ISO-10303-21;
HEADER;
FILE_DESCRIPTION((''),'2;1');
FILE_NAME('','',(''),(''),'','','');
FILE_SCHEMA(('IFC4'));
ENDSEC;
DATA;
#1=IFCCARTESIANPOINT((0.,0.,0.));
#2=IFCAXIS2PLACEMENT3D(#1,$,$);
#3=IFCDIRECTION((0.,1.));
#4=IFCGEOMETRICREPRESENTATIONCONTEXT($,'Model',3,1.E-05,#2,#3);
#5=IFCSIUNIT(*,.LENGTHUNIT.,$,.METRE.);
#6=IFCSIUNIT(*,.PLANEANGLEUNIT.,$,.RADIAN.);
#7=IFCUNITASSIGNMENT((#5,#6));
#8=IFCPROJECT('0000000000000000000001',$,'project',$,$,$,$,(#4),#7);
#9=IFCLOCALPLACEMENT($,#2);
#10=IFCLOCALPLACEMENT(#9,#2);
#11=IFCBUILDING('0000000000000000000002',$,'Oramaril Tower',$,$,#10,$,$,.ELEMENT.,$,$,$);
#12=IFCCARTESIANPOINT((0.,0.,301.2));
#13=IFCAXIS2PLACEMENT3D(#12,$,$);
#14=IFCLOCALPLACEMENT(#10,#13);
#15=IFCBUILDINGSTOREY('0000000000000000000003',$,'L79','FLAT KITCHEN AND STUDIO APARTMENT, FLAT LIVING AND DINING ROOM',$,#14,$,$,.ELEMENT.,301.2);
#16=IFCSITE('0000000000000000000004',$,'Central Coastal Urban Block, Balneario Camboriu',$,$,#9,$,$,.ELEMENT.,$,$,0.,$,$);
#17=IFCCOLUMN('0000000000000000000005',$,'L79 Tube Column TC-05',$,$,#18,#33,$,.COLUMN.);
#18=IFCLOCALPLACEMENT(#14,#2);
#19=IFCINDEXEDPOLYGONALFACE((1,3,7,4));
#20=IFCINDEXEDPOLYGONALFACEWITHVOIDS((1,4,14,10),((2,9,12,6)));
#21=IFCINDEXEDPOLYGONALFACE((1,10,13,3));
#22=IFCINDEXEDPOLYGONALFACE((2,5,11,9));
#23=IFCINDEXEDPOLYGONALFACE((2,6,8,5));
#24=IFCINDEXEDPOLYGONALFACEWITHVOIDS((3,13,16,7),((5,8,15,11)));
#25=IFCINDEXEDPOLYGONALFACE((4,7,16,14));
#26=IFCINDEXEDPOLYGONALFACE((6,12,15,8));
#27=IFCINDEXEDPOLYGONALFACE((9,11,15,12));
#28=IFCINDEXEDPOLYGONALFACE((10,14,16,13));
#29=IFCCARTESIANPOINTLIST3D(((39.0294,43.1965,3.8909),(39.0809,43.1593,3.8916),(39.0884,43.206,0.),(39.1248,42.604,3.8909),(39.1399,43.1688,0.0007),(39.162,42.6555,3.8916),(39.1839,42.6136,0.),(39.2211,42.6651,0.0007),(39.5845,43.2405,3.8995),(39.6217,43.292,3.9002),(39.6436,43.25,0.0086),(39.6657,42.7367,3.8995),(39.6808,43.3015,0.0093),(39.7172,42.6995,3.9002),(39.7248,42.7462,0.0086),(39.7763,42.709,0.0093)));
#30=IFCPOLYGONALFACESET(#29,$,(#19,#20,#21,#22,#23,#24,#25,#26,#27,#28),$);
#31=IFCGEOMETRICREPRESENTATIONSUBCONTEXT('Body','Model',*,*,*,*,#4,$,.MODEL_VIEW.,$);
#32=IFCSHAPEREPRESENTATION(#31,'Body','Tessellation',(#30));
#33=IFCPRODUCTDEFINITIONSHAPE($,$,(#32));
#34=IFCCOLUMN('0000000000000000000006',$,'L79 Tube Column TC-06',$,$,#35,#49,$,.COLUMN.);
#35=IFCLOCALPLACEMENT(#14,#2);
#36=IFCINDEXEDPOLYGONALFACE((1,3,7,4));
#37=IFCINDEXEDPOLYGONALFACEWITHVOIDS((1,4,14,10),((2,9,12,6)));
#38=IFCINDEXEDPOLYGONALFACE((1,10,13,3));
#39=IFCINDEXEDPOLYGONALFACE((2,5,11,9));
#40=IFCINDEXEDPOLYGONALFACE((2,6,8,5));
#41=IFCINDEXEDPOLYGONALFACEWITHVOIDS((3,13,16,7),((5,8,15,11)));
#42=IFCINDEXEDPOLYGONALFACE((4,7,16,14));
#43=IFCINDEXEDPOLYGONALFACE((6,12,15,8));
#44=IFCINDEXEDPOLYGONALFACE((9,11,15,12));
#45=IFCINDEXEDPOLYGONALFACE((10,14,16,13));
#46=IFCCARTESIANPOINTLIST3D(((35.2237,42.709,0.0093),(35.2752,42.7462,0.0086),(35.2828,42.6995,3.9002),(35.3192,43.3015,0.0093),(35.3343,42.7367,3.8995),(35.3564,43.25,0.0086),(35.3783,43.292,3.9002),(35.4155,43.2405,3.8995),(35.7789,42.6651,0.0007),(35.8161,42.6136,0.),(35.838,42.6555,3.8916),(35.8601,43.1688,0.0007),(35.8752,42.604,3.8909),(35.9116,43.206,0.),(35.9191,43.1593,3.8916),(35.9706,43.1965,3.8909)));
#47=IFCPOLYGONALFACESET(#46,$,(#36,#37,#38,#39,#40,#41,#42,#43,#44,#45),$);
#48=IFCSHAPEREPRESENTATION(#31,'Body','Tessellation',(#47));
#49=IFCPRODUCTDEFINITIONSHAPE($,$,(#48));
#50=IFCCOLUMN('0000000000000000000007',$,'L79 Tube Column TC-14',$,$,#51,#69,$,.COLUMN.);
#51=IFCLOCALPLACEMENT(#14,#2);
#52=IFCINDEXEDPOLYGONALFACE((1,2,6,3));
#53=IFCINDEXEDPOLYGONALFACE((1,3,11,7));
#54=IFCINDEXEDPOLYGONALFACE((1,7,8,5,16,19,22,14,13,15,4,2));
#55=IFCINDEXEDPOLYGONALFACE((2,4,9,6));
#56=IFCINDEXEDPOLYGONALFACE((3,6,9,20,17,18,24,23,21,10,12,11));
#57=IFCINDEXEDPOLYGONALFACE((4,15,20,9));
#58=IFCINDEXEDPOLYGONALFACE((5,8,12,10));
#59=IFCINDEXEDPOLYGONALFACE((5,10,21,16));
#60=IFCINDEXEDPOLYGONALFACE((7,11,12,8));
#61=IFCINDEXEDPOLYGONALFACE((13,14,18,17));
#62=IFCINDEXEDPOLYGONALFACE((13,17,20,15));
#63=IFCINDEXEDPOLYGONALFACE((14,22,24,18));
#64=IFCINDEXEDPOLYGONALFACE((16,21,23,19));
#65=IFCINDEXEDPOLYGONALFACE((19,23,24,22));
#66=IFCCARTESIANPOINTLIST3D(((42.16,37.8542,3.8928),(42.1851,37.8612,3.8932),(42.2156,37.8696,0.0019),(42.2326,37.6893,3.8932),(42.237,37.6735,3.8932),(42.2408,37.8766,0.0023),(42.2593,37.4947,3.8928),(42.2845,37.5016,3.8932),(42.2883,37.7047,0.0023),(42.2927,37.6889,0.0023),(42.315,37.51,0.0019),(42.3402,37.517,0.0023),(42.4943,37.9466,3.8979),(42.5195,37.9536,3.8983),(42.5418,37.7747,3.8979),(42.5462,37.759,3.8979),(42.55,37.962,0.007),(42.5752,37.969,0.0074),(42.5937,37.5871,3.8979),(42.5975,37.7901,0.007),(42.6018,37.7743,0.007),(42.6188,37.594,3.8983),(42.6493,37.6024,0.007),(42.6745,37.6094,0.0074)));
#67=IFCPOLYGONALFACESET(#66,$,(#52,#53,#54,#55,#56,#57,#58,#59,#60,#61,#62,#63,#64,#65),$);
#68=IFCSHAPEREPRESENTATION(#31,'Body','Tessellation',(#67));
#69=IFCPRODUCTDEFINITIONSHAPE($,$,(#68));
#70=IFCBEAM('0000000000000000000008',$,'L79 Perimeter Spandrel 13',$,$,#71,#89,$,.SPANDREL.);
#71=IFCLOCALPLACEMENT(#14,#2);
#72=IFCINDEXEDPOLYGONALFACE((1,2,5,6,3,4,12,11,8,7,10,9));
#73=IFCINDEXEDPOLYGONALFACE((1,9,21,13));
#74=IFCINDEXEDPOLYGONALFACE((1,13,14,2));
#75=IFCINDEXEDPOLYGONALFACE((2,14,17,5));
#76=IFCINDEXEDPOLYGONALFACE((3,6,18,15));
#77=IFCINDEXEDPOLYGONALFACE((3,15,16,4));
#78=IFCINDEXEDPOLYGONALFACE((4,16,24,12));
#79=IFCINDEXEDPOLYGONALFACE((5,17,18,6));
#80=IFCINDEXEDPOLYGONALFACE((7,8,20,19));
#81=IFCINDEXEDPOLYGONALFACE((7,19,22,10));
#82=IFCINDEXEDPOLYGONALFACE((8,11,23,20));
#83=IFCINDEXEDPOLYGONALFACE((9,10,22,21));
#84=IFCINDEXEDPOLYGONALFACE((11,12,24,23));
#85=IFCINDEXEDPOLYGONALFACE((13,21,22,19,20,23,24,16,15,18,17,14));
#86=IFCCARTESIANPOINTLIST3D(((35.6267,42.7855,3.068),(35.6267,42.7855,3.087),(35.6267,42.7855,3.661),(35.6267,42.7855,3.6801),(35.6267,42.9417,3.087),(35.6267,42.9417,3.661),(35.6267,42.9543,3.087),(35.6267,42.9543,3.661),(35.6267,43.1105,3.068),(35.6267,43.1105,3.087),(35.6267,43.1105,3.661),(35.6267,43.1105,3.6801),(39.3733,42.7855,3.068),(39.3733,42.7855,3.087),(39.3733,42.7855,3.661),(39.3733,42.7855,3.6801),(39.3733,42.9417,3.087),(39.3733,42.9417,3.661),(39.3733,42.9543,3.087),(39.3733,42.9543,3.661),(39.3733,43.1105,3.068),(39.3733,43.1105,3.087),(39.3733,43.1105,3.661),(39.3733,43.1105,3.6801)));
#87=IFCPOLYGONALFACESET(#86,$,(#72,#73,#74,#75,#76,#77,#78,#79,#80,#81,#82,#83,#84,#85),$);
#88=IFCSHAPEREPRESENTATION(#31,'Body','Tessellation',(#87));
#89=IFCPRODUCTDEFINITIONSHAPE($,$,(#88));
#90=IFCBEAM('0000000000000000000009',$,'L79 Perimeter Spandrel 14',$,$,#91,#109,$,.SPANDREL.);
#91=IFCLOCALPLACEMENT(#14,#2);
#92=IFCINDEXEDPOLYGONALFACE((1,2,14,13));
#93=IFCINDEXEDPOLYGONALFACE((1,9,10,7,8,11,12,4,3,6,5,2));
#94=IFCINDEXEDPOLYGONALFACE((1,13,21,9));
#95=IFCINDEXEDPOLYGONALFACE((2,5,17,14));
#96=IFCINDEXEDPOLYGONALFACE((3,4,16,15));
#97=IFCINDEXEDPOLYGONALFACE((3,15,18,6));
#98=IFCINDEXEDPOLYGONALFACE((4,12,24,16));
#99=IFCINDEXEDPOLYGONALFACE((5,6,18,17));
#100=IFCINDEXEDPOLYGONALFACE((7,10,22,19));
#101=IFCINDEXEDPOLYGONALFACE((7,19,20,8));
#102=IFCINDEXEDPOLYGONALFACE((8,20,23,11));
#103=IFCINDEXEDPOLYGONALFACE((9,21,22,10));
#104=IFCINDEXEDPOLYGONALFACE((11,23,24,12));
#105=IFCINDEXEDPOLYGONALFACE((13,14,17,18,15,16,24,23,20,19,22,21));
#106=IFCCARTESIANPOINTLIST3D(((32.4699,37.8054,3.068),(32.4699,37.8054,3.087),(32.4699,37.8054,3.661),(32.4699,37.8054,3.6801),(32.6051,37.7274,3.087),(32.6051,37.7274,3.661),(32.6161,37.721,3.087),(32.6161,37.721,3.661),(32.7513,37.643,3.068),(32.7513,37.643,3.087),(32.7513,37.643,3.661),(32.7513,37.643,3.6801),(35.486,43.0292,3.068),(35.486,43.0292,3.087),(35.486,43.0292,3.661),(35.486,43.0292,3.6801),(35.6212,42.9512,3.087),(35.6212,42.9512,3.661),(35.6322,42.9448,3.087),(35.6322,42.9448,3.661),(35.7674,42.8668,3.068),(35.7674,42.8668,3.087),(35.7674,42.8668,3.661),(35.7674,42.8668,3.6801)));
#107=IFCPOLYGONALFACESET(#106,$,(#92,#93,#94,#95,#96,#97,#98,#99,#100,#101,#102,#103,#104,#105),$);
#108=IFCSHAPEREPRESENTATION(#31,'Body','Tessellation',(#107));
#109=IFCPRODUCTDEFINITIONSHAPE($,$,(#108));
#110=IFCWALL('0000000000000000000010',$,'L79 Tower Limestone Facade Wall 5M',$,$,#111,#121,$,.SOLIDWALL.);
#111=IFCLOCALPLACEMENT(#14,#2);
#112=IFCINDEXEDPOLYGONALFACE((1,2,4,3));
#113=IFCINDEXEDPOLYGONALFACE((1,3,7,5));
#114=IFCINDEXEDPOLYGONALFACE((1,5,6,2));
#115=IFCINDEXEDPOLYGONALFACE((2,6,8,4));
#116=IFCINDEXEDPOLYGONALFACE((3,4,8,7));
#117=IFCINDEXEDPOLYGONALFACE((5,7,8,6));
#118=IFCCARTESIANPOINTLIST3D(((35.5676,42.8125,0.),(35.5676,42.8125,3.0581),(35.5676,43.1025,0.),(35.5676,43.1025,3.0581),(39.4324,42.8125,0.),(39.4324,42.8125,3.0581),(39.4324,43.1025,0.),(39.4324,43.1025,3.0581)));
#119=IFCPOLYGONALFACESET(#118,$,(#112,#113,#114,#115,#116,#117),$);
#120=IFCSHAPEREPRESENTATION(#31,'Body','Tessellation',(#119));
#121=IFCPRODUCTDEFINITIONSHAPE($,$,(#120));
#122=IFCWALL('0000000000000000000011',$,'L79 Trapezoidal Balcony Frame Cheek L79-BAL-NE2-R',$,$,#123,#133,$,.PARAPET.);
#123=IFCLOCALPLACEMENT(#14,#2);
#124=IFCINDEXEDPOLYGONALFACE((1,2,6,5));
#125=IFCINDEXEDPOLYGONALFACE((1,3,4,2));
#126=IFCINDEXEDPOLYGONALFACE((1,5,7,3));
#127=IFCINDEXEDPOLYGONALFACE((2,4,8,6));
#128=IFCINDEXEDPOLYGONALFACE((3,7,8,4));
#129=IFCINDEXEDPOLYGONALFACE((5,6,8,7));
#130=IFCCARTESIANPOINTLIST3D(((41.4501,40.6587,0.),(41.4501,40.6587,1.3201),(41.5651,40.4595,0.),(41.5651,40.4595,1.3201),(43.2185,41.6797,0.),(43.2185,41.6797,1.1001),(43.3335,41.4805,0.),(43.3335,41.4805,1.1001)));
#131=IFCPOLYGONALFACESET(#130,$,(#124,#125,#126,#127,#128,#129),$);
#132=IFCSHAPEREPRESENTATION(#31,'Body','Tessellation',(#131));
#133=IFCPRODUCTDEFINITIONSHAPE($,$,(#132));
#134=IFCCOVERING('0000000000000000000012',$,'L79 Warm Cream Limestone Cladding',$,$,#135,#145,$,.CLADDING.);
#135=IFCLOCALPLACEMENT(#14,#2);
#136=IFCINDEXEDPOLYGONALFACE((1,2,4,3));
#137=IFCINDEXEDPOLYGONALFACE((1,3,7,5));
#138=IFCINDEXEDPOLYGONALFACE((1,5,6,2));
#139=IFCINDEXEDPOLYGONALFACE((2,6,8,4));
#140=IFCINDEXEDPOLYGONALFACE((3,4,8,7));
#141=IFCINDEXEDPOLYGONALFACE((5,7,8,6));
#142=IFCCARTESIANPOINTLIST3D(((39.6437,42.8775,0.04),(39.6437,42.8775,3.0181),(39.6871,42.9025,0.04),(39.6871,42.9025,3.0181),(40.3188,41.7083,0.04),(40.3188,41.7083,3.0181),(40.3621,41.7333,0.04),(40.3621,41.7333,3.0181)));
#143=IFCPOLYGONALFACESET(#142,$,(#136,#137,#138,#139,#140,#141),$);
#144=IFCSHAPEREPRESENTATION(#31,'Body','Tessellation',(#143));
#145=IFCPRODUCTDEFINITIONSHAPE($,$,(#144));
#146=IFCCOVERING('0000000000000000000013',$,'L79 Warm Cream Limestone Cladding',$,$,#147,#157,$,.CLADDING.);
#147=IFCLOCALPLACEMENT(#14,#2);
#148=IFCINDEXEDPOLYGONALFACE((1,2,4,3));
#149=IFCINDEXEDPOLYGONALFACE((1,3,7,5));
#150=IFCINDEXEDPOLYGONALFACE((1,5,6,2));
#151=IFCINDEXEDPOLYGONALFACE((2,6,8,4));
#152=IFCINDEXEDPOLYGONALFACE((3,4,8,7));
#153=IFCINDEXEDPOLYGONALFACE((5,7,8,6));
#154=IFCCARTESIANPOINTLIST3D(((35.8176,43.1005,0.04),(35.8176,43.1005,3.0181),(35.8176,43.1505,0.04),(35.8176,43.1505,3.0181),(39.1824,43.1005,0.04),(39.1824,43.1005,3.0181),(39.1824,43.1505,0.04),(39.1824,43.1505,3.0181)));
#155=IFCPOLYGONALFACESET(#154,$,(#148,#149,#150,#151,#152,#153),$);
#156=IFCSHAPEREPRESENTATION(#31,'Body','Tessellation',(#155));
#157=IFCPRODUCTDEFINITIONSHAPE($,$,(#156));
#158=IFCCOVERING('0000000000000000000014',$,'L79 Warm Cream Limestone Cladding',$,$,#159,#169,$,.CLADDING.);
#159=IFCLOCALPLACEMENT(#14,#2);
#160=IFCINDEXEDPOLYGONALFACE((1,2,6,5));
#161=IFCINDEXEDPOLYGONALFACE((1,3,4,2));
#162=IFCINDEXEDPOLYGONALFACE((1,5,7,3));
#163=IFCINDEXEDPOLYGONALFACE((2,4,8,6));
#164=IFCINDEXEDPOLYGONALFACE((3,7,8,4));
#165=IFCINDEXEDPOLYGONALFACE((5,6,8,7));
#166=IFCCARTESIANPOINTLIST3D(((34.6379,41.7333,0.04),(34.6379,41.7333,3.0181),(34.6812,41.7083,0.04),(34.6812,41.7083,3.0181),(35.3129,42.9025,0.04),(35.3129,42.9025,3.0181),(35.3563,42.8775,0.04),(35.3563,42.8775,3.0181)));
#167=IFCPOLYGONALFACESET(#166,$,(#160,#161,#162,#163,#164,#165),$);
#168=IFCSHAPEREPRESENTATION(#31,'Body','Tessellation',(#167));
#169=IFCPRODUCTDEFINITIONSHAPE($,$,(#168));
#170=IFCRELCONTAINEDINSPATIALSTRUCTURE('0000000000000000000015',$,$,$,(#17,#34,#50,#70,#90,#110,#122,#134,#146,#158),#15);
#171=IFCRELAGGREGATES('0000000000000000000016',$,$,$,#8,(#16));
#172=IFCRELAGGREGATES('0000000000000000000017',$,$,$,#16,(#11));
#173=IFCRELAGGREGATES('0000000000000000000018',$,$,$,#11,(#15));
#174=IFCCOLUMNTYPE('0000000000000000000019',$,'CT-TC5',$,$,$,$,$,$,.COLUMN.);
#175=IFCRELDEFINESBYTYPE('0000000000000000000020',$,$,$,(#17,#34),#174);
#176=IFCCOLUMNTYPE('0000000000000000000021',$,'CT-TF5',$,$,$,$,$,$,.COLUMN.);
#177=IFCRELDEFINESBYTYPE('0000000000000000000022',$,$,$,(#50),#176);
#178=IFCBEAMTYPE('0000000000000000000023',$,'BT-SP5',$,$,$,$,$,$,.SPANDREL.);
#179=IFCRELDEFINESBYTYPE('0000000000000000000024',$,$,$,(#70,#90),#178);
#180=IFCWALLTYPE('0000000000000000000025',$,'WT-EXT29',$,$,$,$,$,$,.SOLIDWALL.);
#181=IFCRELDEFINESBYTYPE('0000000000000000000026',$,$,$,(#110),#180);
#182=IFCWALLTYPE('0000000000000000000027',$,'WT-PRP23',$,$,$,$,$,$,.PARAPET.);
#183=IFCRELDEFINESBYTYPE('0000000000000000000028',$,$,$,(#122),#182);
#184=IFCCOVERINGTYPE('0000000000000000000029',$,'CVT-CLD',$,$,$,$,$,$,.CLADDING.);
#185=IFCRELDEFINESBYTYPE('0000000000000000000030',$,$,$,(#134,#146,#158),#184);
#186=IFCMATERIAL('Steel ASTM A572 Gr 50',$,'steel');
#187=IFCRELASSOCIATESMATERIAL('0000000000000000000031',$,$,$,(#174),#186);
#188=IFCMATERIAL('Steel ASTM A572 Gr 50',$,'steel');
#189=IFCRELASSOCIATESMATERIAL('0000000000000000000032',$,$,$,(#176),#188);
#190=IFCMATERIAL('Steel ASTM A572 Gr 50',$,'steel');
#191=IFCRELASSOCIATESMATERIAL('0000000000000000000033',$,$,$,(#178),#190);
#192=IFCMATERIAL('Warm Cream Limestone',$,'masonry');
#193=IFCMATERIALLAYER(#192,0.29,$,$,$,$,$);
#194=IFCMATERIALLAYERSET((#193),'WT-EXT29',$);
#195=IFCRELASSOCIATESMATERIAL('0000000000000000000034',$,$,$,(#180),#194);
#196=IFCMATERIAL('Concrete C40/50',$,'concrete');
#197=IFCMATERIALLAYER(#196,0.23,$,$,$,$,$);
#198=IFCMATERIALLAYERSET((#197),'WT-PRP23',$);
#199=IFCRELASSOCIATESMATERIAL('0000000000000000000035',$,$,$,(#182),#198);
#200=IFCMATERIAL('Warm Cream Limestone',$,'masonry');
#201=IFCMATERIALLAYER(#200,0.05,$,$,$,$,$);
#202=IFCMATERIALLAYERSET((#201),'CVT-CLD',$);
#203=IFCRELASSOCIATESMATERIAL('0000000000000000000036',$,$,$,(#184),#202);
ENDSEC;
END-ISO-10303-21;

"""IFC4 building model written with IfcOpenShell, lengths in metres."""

from ifc_helpers import new_model, si_unit, direction, frame, frame_2d, origin, origin_2d, place, context, subcontext, project, spatial, polyline, rectangle, hollow_rectangle, i_section, outline, extrude, material, layer, layer_set, material_profile, profile_set, type_object, element, save


model = new_model("IFC4")

# Units and contexts
model_context = context("Model", 3, precision=1e-05, world=origin(), true_north=direction((0.0, 1.0)))
body_context = subcontext(model_context, "Body", "Model", "MODEL_VIEW")
ifc_project = project(units=[si_unit("LENGTHUNIT", "METRE"), si_unit("PLANEANGLEUNIT", "RADIAN")], contexts=[model_context])

# Site, building, storey
site_placement = place(None, origin())
site = spatial("IfcSite", under=ifc_project, at=site_placement, Name="Central Coastal Urban Block, Balneario Camboriu", CompositionType="ELEMENT", RefElevation=0.0)
building_placement = place(site_placement, origin())
building = spatial("IfcBuilding", under=site, at=building_placement, Name="Oramaril Tower", CompositionType="ELEMENT")
storey_placement = place(building_placement, frame((0.0, 0.0, 301.2)))
storey = spatial("IfcBuildingStorey", under=building, at=storey_placement, Name="L79", Description="FLAT KITCHEN AND STUDIO APARTMENT, FLAT LIVING AND DINING ROOM", CompositionType="ELEMENT", Elevation=301.2)

# Columns
ifc_material_1 = material(Name="Steel ASTM A572 Gr 50", Category="steel")
ifc_material_profile_1 = material_profile(ifc_material_1, hollow_rectangle(XDim=0.6001, YDim=0.6001, WallThickness=0.0449, at=origin_2d()), Name="BOX600X600X45")
ifc_profile_set_1 = profile_set([ifc_material_profile_1], Name="Steel ASTM A572 Gr 50")
column_type_1 = type_object("IfcColumnType", Name="CT-TC5", PredefinedType="COLUMN", material=ifc_profile_set_1)
for number, where, z_axis, x_axis, name in (
    (1, (39.4324, 42.9575, 0.0046), (-0.015183, -0.002447, 0.999882), (0.159104, -0.987262, 0.0), "L79 Tube Column TC-05"),
    (2, (35.5676, 42.9575, 0.0046), (0.015183, -0.002447, 0.999882), (0.159104, 0.987262, 0.0), "L79 Tube Column TC-06"),
):
    element("IfcColumn", number, at=place(storey_placement, frame(where, z_axis=z_axis, x_axis=x_axis)), inside=storey, type_object=column_type_1, Name=name, PredefinedType="COLUMN", context=body_context, shape_type="SweptSolid", body=[
        extrude(hollow_rectangle(XDim=0.6001, YDim=0.6001, WallThickness=0.0449, at=origin_2d()), origin(), (0.0, 0.0, 1.0), 3.8914),
    ])
ifc_material_2 = material(Name="Steel ASTM A572 Gr 50", Category="steel")
ifc_material_profile_2 = material_profile(ifc_material_2, i_section(OverallWidth=0.373, OverallDepth=0.373, WebThickness=0.0164, FlangeThickness=0.0261, at=origin_2d()), Name="W14X132")
ifc_profile_set_2 = profile_set([ifc_material_profile_2], Name="Steel ASTM A572 Gr 50")
column_type_2 = type_object("IfcColumnType", Name="CT-TF5", PredefinedType="COLUMN", material=ifc_profile_set_2)
column_placement = place(storey_placement, frame((42.4451, 37.7395, 0.0046), z_axis=(-0.014305, -0.003953, 0.99989), x_axis=(0.266335, -0.96388, 0.0)))
element("IfcColumn", 3, at=column_placement, inside=storey, type_object=column_type_2, Name="L79 Tube Column TC-14", PredefinedType="COLUMN", context=body_context, shape_type="SweptSolid", body=[
    extrude(i_section(OverallWidth=0.373, OverallDepth=0.373, WebThickness=0.0164, FlangeThickness=0.0261, at=origin_2d()), origin(), (0.0, 0.0, 1.0), 3.8914),
])

# Beams
ifc_material_3 = material(Name="Steel ASTM A572 Gr 50", Category="steel")
ifc_material_profile_3 = material_profile(ifc_material_3, i_section(OverallWidth=0.325, OverallDepth=0.6121, WebThickness=0.0127, FlangeThickness=0.019, at=origin_2d()), Name="W24X104")
ifc_profile_set_3 = profile_set([ifc_material_profile_3], Name="Steel ASTM A572 Gr 50")
beam_type = type_object("IfcBeamType", Name="BT-SP5", PredefinedType="SPANDREL", material=ifc_profile_set_3)
beam_1_placement = place(storey_placement, frame((39.3733, 42.948, 3.374), z_axis=(-1.0, 0.0, 0.0), x_axis=(0.0, -1.0, 0.0)))
element("IfcBeam", 4, at=beam_1_placement, inside=storey, type_object=beam_type, Name="L79 Perimeter Spandrel 13", PredefinedType="SPANDREL", context=body_context, shape_type="SweptSolid", body=[
    extrude(i_section(OverallWidth=0.325, OverallDepth=0.6121, WebThickness=0.0127, FlangeThickness=0.019, at=origin_2d()), origin(), (0.0, 0.0, 1.0), 3.7466),
])
beam_2_placement = place(storey_placement, frame((35.6267, 42.948, 3.374), z_axis=(-0.500013, -0.866018, 0.0), x_axis=(0.866018, -0.500013, 0.0)))
element("IfcBeam", 5, at=beam_2_placement, inside=storey, type_object=beam_type, Name="L79 Perimeter Spandrel 14", PredefinedType="SPANDREL", context=body_context, shape_type="SweptSolid", body=[
    extrude(i_section(OverallWidth=0.325, OverallDepth=0.6121, WebThickness=0.0127, FlangeThickness=0.019, at=origin_2d()), origin(), (0.0, 0.0, 1.0), 6.032),
])

# Wall
ifc_material_4 = material(Name="Warm Cream Limestone", Category="masonry")
ifc_layer_1 = layer(ifc_material_4, 0.29)
ifc_layer_set_1 = layer_set([ifc_layer_1], Name="WT-EXT29")
wall_type_1 = type_object("IfcWallType", Name="WT-EXT29", PredefinedType="SOLIDWALL", material=ifc_layer_set_1)
wall_1_placement = place(storey_placement, frame((39.4324, 42.9575, 0.0), z_axis=(0.0, 0.0, 1.0), x_axis=(-1.0, 0.0, 0.0)))
element("IfcWall", 6, at=wall_1_placement, inside=storey, type_object=wall_type_1, Name="L79 Tower Limestone Facade Wall 5M", PredefinedType="SOLIDWALL", context=body_context, shape_type="SweptSolid", body=[
    extrude(rectangle(XDim=3.8647, YDim=0.29, at=frame_2d((1.9324, 0.0))), origin(), (0.0, 0.0, 1.0), 3.0581),
])

# Wall
ifc_material_5 = material(Name="Concrete C40/50", Category="concrete")
ifc_layer_2 = layer(ifc_material_5, 0.23)
ifc_layer_set_2 = layer_set([ifc_layer_2], Name="WT-PRP23")
wall_type_2 = type_object("IfcWallType", Name="WT-PRP23", PredefinedType="PARAPET", material=ifc_layer_set_2)
wall_2_placement = place(storey_placement, frame((41.5076, 40.5591, 0.0), z_axis=(0.0, 0.0, 1.0), x_axis=(0.866012, 0.500023, 0.0)))
element("IfcWall", 7, at=wall_2_placement, inside=storey, type_object=wall_type_2, Name="L79 Trapezoidal Balcony Frame Cheek L79-BAL-NE2-R", PredefinedType="PARAPET", context=body_context, shape_type="SweptSolid", body=[
    extrude(outline(polyline([(0.0, 0.0), (2.042, 0.0), (2.042, 1.1001), (0.0, 1.3201), (0.0, 0.0)])), frame((0.0, 0.115, 0.0), z_axis=(0.0, -1.0, 0.0), x_axis=(1.0, 0.0, 0.0)), (0.0, 0.0, 1.0), 0.23),
])

# Coverings
ifc_material_6 = material(Name="Warm Cream Limestone", Category="masonry")
ifc_layer_3 = layer(ifc_material_6, 0.05)
ifc_layer_set_3 = layer_set([ifc_layer_3], Name="CVT-CLD")
covering_type = type_object("IfcCoveringType", Name="CVT-CLD", PredefinedType="CLADDING", material=ifc_layer_set_3)
covering_1_placement = place(storey_placement, frame((40.0029, 42.3054, 0.04), z_axis=(0.0, 0.0, 1.0), x_axis=(-0.500002, 0.866025, 0.0)))
element("IfcCovering", 8, at=covering_1_placement, inside=storey, type_object=covering_type, Name="L79 Warm Cream Limestone Cladding", PredefinedType="CLADDING", context=body_context, shape_type="SweptSolid", body=[
    extrude(rectangle(XDim=1.3501, YDim=0.05, at=origin_2d()), origin(), (0.0, 0.0, 1.0), 2.978),
])
covering_2_placement = place(storey_placement, frame((37.5, 43.1255, 0.04), z_axis=(0.0, 0.0, 1.0), x_axis=(-1.0, 0.0, 0.0)))
element("IfcCovering", 9, at=covering_2_placement, inside=storey, type_object=covering_type, Name="L79 Warm Cream Limestone Cladding", PredefinedType="CLADDING", context=body_context, shape_type="SweptSolid", body=[
    extrude(rectangle(XDim=3.3647, YDim=0.05, at=origin_2d()), origin(), (0.0, 0.0, 1.0), 2.978),
])
covering_3_placement = place(storey_placement, frame((34.9971, 42.3054, 0.04), z_axis=(0.0, 0.0, 1.0), x_axis=(-0.500002, -0.866025, 0.0)))
element("IfcCovering", 10, at=covering_3_placement, inside=storey, type_object=covering_type, Name="L79 Warm Cream Limestone Cladding", PredefinedType="CLADDING", context=body_context, shape_type="SweptSolid", body=[
    extrude(rectangle(XDim=1.3501, YDim=0.05, at=origin_2d()), origin(), (0.0, 0.0, 1.0), 2.978),
])

save(model, "model.ifc")
